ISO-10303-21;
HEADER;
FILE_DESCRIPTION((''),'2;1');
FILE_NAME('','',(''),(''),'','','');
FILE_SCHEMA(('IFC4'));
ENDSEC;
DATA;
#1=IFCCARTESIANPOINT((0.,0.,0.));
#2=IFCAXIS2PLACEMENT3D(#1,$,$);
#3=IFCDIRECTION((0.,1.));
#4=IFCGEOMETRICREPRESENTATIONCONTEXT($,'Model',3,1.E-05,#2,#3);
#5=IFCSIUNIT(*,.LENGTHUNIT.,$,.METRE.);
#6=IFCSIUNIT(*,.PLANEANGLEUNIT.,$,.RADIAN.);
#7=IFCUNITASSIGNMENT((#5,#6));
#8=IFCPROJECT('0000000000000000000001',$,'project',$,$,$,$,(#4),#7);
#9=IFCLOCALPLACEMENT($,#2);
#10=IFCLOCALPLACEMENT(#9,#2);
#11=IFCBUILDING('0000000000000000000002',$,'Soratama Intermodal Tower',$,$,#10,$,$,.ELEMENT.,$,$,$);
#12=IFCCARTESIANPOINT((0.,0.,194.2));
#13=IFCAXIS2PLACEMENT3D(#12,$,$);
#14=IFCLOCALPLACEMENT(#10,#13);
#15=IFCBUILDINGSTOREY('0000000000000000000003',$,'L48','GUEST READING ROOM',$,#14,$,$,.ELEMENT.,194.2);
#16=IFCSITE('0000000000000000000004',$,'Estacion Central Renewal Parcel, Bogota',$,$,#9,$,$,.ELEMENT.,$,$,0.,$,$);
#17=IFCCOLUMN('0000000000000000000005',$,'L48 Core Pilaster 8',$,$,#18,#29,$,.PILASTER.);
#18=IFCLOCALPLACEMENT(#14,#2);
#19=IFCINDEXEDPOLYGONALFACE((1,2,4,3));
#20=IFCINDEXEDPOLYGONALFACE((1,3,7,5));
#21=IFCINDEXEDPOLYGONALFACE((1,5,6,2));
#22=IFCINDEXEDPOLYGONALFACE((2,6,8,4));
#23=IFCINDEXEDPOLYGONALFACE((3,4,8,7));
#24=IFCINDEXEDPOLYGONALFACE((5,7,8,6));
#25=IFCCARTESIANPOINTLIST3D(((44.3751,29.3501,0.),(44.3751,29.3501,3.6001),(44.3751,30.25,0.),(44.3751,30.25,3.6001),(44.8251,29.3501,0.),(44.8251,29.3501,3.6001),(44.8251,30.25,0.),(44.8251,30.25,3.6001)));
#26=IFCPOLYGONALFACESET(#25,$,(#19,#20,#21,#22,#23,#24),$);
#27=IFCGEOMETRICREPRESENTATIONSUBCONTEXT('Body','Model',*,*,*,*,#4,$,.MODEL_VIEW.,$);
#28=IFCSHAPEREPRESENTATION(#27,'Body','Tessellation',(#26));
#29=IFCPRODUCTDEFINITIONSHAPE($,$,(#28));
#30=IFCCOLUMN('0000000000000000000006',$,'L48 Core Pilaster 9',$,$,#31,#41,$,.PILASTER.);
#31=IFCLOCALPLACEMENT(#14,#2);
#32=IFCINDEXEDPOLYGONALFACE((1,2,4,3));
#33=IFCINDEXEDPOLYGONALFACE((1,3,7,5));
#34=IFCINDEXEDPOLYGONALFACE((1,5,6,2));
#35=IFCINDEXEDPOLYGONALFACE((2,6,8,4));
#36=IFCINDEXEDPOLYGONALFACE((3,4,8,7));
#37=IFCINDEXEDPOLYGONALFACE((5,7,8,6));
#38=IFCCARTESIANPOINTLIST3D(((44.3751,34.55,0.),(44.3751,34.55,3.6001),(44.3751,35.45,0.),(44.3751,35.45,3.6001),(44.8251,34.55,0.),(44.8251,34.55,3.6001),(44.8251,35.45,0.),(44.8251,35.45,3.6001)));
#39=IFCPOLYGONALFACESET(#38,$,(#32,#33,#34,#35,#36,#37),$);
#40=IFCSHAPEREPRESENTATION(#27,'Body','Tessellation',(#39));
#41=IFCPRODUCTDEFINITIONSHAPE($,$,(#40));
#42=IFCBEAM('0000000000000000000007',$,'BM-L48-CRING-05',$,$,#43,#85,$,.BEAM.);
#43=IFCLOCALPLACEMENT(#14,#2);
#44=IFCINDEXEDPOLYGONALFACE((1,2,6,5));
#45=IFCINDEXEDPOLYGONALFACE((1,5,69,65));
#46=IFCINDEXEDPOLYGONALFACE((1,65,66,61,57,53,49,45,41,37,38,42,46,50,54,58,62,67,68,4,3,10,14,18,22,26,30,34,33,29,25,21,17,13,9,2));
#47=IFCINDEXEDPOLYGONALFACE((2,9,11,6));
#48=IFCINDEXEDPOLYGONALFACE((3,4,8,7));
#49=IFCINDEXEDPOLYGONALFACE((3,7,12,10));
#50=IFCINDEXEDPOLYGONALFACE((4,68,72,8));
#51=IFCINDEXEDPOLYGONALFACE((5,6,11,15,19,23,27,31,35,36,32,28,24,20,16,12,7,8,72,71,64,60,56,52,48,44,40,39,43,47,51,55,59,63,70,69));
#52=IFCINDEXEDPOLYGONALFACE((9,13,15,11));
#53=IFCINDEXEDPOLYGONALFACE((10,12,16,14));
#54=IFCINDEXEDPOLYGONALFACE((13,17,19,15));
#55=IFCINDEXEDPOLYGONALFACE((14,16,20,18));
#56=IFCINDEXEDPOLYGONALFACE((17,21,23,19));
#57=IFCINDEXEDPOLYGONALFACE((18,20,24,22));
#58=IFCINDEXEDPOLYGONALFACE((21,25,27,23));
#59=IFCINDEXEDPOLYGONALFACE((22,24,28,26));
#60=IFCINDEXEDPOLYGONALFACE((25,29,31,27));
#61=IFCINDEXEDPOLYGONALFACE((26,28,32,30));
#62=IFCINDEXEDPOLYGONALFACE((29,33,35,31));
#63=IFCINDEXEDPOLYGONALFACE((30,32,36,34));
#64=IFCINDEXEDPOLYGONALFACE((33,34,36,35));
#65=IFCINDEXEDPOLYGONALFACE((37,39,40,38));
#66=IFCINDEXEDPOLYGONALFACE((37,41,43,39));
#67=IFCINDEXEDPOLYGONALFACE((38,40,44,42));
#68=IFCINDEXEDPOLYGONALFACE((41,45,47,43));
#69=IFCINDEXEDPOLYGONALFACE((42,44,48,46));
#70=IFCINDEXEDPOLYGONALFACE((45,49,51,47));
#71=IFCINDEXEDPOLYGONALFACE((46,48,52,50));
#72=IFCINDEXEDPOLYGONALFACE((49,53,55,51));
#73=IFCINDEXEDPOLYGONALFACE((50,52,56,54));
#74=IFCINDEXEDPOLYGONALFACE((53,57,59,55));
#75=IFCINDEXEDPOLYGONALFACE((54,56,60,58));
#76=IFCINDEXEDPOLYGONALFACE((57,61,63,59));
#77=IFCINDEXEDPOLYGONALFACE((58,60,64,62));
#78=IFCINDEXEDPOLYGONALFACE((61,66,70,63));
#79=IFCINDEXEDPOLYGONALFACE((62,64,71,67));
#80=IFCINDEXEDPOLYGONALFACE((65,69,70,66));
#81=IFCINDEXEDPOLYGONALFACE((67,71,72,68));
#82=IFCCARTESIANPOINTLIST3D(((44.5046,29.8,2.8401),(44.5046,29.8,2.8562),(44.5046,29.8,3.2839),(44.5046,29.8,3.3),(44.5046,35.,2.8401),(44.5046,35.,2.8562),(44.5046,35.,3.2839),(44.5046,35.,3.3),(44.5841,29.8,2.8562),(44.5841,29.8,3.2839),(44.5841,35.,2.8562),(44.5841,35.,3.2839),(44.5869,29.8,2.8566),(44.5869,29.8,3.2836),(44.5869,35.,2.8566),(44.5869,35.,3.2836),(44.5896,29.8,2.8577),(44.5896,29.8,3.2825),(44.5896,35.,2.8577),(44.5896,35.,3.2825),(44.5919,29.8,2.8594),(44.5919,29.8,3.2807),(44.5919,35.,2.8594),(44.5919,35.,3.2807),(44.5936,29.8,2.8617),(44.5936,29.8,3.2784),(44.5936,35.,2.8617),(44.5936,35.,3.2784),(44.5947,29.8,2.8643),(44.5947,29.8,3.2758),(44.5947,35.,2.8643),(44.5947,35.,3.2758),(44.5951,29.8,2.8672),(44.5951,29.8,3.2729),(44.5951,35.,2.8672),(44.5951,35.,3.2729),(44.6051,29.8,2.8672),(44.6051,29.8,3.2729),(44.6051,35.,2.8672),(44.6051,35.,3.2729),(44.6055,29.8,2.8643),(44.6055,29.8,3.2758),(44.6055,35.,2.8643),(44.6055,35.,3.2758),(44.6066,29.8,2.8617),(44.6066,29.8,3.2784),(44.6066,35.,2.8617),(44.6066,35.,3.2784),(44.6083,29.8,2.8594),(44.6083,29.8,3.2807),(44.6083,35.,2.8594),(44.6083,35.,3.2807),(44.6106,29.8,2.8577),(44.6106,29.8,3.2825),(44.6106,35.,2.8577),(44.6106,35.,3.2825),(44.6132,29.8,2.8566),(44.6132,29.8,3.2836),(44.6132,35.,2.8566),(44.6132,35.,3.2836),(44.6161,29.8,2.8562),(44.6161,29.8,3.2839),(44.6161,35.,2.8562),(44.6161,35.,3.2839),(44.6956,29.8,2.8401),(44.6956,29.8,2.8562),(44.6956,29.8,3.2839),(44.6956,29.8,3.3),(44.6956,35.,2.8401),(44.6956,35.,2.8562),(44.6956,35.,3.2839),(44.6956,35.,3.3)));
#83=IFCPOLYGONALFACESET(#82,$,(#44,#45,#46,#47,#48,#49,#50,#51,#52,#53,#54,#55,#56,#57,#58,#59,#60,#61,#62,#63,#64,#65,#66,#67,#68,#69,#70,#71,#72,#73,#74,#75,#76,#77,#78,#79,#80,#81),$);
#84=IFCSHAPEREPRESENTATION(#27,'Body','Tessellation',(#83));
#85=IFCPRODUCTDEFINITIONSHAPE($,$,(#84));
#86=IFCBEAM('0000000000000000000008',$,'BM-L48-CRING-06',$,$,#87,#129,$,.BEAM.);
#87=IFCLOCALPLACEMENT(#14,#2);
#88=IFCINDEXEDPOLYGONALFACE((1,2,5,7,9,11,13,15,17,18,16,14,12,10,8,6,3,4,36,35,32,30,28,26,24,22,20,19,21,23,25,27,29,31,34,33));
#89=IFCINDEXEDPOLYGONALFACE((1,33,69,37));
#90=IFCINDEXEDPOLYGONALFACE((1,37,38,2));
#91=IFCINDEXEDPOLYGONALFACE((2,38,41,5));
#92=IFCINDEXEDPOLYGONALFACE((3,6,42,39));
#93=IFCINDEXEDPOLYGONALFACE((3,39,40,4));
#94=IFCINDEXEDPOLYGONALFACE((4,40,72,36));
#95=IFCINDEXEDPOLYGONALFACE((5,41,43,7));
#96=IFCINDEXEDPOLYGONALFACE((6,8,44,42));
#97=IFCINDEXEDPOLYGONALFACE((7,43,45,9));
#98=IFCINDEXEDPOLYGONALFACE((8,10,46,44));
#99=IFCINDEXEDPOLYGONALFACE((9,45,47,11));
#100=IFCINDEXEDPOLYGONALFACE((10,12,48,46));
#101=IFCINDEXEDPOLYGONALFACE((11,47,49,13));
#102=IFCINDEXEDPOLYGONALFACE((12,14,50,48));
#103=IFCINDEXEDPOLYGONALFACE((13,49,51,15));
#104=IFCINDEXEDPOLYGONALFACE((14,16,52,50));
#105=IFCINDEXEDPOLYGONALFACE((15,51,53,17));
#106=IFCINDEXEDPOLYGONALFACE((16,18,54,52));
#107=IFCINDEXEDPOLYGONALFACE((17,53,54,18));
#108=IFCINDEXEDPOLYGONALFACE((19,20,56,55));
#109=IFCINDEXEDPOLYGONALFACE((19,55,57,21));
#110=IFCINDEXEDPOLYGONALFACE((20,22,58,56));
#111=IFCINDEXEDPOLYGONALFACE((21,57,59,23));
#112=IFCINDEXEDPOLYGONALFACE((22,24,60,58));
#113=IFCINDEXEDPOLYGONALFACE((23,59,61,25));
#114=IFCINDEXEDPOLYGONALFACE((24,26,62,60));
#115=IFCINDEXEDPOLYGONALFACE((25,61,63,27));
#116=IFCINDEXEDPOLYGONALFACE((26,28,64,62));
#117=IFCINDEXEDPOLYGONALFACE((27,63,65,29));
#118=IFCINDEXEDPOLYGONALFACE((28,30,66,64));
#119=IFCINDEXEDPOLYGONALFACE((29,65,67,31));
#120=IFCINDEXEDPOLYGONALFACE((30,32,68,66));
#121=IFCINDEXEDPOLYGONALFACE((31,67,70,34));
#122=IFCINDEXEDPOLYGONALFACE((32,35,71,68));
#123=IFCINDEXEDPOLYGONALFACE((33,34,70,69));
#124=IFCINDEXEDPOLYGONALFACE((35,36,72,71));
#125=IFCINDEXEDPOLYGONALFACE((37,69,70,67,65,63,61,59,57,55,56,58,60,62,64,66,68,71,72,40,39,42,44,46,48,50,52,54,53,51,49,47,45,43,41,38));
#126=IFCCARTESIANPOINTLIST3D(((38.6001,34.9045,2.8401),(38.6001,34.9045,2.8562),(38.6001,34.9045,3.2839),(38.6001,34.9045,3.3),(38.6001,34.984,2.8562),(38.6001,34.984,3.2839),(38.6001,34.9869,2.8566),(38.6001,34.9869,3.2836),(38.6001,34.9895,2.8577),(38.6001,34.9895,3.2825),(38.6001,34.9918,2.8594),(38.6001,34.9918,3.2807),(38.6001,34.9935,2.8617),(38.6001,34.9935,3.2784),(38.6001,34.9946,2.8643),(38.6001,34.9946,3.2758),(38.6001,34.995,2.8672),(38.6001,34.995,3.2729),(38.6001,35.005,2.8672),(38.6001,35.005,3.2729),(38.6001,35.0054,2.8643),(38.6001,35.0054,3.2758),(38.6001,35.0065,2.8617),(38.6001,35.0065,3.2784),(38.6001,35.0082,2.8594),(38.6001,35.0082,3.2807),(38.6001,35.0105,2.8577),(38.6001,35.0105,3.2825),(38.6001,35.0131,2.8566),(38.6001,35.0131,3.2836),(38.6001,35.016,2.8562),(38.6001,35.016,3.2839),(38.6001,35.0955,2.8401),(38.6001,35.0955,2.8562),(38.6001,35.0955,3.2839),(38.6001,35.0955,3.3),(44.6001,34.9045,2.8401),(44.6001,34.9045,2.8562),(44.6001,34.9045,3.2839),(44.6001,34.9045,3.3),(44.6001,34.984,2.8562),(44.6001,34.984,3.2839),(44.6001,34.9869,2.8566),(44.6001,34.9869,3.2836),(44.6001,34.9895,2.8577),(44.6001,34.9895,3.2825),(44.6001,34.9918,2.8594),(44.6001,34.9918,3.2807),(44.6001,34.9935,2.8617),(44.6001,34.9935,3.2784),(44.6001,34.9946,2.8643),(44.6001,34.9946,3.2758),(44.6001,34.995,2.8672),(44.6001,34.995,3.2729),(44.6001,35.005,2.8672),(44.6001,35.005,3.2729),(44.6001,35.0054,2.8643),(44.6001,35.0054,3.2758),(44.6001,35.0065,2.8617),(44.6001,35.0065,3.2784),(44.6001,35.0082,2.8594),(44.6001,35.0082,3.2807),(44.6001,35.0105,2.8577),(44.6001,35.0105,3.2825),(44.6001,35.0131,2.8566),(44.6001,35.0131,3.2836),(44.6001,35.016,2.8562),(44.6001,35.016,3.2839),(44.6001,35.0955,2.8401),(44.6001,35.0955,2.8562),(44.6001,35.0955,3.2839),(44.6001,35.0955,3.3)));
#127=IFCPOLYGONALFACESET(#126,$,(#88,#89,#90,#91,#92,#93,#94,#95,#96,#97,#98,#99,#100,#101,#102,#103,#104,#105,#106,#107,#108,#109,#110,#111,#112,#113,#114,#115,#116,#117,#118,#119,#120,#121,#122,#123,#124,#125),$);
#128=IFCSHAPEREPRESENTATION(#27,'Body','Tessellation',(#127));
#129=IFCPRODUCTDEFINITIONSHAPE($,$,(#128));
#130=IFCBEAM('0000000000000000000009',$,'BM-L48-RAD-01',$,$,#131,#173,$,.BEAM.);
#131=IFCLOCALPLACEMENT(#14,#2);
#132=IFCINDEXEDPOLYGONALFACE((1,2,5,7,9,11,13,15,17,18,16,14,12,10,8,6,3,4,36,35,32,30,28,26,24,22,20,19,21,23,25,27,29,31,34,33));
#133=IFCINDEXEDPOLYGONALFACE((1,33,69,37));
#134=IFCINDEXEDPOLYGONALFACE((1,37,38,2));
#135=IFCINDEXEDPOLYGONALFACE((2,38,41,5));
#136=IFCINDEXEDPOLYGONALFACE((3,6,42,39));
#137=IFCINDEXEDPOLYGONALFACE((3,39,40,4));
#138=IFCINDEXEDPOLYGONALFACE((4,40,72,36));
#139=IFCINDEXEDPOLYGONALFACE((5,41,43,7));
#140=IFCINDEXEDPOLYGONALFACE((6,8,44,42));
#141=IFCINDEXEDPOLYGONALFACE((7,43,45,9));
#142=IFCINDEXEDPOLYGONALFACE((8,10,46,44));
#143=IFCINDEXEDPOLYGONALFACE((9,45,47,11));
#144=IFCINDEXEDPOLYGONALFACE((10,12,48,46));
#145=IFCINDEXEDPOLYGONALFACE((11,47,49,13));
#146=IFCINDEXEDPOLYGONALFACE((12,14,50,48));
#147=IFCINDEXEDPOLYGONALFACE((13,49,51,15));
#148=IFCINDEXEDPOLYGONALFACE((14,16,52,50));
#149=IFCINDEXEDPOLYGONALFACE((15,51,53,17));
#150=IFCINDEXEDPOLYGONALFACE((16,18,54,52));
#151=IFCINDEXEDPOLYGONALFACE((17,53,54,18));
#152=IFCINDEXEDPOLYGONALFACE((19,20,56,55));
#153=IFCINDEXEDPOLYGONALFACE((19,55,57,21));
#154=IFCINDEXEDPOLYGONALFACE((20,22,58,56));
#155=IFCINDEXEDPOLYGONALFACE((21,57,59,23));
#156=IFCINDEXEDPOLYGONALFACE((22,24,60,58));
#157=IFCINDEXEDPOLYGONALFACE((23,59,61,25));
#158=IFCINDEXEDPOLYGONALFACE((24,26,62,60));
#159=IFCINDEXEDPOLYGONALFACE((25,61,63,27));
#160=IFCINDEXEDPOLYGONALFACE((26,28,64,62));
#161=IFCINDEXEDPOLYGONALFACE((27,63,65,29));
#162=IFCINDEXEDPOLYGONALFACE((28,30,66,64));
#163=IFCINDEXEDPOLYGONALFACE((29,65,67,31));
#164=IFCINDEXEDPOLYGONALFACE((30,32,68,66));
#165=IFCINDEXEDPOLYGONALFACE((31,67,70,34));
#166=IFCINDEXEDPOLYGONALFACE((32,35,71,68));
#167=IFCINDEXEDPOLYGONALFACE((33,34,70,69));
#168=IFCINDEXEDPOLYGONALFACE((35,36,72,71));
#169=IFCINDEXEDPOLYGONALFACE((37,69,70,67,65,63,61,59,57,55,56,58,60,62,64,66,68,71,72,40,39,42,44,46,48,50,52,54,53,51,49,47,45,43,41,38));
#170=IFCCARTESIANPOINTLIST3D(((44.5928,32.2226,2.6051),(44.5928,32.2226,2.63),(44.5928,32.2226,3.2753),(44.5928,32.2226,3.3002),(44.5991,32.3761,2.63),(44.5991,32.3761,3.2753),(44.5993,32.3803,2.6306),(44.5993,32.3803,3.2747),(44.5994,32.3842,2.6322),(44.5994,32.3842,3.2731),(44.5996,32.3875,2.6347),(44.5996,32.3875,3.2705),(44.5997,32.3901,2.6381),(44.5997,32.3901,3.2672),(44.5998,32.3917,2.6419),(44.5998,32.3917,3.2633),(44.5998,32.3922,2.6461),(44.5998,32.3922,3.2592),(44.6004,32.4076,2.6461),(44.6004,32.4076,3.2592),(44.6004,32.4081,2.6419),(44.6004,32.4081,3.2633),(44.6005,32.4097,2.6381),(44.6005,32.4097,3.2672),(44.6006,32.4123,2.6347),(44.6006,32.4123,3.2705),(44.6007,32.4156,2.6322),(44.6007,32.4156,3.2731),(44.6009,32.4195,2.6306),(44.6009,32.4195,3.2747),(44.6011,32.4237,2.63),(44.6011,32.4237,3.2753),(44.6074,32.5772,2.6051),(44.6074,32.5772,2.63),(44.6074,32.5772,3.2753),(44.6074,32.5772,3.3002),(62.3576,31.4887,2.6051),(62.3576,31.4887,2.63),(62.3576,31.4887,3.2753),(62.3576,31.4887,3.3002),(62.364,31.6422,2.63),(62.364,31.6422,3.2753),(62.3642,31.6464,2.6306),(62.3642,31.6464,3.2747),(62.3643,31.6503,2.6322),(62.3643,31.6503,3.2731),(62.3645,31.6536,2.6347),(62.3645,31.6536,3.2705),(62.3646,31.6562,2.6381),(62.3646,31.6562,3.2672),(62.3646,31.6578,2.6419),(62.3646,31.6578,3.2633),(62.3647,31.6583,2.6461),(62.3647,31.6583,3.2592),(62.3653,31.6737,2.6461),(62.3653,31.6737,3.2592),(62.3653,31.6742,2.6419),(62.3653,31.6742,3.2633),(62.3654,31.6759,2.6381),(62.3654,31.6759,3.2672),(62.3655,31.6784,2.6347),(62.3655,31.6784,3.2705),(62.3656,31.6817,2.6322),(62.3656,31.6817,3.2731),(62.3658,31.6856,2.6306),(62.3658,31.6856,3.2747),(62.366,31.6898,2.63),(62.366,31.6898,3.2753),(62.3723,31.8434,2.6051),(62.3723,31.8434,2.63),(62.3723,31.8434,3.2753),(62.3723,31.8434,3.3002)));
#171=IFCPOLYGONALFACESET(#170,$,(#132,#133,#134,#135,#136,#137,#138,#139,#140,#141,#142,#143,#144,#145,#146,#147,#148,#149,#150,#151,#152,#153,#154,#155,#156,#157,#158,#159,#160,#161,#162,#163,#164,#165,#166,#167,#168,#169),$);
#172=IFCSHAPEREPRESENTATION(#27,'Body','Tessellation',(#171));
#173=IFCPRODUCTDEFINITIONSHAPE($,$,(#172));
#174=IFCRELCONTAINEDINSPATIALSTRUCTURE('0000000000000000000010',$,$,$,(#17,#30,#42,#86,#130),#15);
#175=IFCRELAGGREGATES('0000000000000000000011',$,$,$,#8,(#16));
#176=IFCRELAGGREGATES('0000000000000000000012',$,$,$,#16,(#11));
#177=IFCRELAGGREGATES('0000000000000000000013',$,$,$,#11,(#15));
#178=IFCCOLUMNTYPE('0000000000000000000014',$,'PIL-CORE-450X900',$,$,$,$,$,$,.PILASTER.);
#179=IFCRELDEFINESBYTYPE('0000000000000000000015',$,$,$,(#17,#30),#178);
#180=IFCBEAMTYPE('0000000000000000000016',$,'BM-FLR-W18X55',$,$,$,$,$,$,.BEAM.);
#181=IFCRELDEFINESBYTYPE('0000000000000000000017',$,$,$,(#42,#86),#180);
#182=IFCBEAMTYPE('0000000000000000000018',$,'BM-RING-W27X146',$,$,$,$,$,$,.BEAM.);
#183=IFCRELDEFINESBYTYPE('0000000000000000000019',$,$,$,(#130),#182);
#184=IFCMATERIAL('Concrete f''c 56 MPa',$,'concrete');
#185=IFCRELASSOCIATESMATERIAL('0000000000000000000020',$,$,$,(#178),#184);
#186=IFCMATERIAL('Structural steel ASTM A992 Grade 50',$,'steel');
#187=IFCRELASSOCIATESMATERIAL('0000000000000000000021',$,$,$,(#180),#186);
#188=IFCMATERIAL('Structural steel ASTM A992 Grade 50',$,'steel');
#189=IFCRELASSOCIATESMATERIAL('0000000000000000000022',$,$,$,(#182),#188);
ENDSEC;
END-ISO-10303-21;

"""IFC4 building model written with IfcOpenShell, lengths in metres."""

from ifc_helpers import new_model, si_unit, direction, frame, origin, origin_2d, place, context, subcontext, project, spatial, rectangle, i_section, extrude, material, material_profile, profile_set, type_object, element, save


model = new_model("IFC4")

# Units and contexts
model_context = context("Model", 3, precision=1e-05, world=origin(), true_north=direction((0.0, 1.0)))
body_context = subcontext(model_context, "Body", "Model", "MODEL_VIEW")
ifc_project = project(units=[si_unit("LENGTHUNIT", "METRE"), si_unit("PLANEANGLEUNIT", "RADIAN")], contexts=[model_context])

# Site, building, storey
site_placement = place(None, origin())
site = spatial("IfcSite", under=ifc_project, at=site_placement, Name="Estacion Central Renewal Parcel, Bogota", CompositionType="ELEMENT", RefElevation=0.0)
building_placement = place(site_placement, origin())
building = spatial("IfcBuilding", under=site, at=building_placement, Name="Soratama Intermodal Tower", CompositionType="ELEMENT")
storey_placement = place(building_placement, frame((0.0, 0.0, 194.2)))
storey = spatial("IfcBuildingStorey", under=building, at=storey_placement, Name="L48", Description="GUEST READING ROOM", CompositionType="ELEMENT", Elevation=194.2)

# Columns
ifc_material_1 = material(Name="Concrete f'c 56 MPa", Category="concrete")
ifc_material_profile_1 = material_profile(ifc_material_1, rectangle(XDim=0.45, YDim=0.8999, at=origin_2d()), Name="RC450X900")
ifc_profile_set_1 = profile_set([ifc_material_profile_1], Name="Concrete f'c 56 MPa")
column_type = type_object("IfcColumnType", Name="PIL-CORE-450X900", PredefinedType="PILASTER", material=ifc_profile_set_1)
for number, where, z_axis, x_axis, name in (
    (1, (44.6001, 29.8, 0.0), (0.0, 0.0, 1.0), (1.0, 0.0, 0.0), "L48 Core Pilaster 8"),
    (2, (44.6001, 35.0, 0.0), (0.0, 0.0, 1.0), (1.0, 0.0, 0.0), "L48 Core Pilaster 9"),
):
    element("IfcColumn", number, at=place(storey_placement, frame(where, z_axis=z_axis, x_axis=x_axis)), inside=storey, type_object=column_type, Name=name, PredefinedType="PILASTER", context=body_context, shape_type="SweptSolid", body=[
        extrude(rectangle(XDim=0.45, YDim=0.8999, at=origin_2d()), origin(), (0.0, 0.0, 1.0), 3.6001),
    ])

# Beams
ifc_material_2 = material(Name="Structural steel ASTM A992 Grade 50", Category="steel")
ifc_material_profile_2 = material_profile(ifc_material_2, i_section(OverallWidth=0.1909, OverallDepth=0.46, WebThickness=0.01, FlangeThickness=0.0161, FilletRadius=0.011, at=origin_2d()), Name="W18X55")
ifc_profile_set_2 = profile_set([ifc_material_profile_2], Name="Structural steel ASTM A992 Grade 50")
beam_type_1 = type_object("IfcBeamType", Name="BM-FLR-W18X55", PredefinedType="BEAM", material=ifc_profile_set_2)
beam_1_placement = place(storey_placement, frame((44.6001, 29.8, 3.0701), z_axis=(0.0, 1.0, 0.0), x_axis=(-1.0, 0.0, 0.0)))
element("IfcBeam", 3, at=beam_1_placement, inside=storey, type_object=beam_type_1, Name="BM-L48-CRING-05", PredefinedType="BEAM", context=body_context, shape_type="SweptSolid", body=[
    extrude(i_section(OverallWidth=0.1909, OverallDepth=0.46, WebThickness=0.01, FlangeThickness=0.0161, FilletRadius=0.011, at=origin_2d()), origin(), (0.0, 0.0, 1.0), 5.2),
])
beam_2_placement = place(storey_placement, frame((44.6001, 35.0, 3.0701), z_axis=(-1.0, 0.0, 0.0), x_axis=(0.0, -1.0, 0.0)))
element("IfcBeam", 4, at=beam_2_placement, inside=storey, type_object=beam_type_1, Name="BM-L48-CRING-06", PredefinedType="BEAM", context=body_context, shape_type="SweptSolid", body=[
    extrude(i_section(OverallWidth=0.1909, OverallDepth=0.46, WebThickness=0.01, FlangeThickness=0.0161, FilletRadius=0.011, at=origin_2d()), origin(), (0.0, 0.0, 1.0), 6.0),
])
ifc_material_3 = material(Name="Structural steel ASTM A992 Grade 50", Category="steel")
ifc_material_profile_3 = material_profile(ifc_material_3, i_section(OverallWidth=0.355, OverallDepth=0.6951, WebThickness=0.0154, FlangeThickness=0.0249, FilletRadius=0.0161, at=origin_2d()), Name="W27X146")
ifc_profile_set_3 = profile_set([ifc_material_profile_3], Name="Structural steel ASTM A992 Grade 50")
beam_type_2 = type_object("IfcBeamType", Name="BM-RING-W27X146", PredefinedType="BEAM", material=ifc_profile_set_3)
beam_3_placement = place(storey_placement, frame((44.6001, 32.3999, 2.9526), z_axis=(0.999148, -0.041276, 0.0), x_axis=(0.041276, 0.999148, 0.0)))
element("IfcBeam", 5, at=beam_3_placement, inside=storey, type_object=beam_type_2, Name="BM-L48-RAD-01", PredefinedType="BEAM", context=body_context, shape_type="SweptSolid", body=[
    extrude(i_section(OverallWidth=0.355, OverallDepth=0.6951, WebThickness=0.0154, FlangeThickness=0.0249, FilletRadius=0.0161, at=origin_2d()), origin(), (0.0, 0.0, 1.0), 17.78),
])

save(model, "model.ifc")
